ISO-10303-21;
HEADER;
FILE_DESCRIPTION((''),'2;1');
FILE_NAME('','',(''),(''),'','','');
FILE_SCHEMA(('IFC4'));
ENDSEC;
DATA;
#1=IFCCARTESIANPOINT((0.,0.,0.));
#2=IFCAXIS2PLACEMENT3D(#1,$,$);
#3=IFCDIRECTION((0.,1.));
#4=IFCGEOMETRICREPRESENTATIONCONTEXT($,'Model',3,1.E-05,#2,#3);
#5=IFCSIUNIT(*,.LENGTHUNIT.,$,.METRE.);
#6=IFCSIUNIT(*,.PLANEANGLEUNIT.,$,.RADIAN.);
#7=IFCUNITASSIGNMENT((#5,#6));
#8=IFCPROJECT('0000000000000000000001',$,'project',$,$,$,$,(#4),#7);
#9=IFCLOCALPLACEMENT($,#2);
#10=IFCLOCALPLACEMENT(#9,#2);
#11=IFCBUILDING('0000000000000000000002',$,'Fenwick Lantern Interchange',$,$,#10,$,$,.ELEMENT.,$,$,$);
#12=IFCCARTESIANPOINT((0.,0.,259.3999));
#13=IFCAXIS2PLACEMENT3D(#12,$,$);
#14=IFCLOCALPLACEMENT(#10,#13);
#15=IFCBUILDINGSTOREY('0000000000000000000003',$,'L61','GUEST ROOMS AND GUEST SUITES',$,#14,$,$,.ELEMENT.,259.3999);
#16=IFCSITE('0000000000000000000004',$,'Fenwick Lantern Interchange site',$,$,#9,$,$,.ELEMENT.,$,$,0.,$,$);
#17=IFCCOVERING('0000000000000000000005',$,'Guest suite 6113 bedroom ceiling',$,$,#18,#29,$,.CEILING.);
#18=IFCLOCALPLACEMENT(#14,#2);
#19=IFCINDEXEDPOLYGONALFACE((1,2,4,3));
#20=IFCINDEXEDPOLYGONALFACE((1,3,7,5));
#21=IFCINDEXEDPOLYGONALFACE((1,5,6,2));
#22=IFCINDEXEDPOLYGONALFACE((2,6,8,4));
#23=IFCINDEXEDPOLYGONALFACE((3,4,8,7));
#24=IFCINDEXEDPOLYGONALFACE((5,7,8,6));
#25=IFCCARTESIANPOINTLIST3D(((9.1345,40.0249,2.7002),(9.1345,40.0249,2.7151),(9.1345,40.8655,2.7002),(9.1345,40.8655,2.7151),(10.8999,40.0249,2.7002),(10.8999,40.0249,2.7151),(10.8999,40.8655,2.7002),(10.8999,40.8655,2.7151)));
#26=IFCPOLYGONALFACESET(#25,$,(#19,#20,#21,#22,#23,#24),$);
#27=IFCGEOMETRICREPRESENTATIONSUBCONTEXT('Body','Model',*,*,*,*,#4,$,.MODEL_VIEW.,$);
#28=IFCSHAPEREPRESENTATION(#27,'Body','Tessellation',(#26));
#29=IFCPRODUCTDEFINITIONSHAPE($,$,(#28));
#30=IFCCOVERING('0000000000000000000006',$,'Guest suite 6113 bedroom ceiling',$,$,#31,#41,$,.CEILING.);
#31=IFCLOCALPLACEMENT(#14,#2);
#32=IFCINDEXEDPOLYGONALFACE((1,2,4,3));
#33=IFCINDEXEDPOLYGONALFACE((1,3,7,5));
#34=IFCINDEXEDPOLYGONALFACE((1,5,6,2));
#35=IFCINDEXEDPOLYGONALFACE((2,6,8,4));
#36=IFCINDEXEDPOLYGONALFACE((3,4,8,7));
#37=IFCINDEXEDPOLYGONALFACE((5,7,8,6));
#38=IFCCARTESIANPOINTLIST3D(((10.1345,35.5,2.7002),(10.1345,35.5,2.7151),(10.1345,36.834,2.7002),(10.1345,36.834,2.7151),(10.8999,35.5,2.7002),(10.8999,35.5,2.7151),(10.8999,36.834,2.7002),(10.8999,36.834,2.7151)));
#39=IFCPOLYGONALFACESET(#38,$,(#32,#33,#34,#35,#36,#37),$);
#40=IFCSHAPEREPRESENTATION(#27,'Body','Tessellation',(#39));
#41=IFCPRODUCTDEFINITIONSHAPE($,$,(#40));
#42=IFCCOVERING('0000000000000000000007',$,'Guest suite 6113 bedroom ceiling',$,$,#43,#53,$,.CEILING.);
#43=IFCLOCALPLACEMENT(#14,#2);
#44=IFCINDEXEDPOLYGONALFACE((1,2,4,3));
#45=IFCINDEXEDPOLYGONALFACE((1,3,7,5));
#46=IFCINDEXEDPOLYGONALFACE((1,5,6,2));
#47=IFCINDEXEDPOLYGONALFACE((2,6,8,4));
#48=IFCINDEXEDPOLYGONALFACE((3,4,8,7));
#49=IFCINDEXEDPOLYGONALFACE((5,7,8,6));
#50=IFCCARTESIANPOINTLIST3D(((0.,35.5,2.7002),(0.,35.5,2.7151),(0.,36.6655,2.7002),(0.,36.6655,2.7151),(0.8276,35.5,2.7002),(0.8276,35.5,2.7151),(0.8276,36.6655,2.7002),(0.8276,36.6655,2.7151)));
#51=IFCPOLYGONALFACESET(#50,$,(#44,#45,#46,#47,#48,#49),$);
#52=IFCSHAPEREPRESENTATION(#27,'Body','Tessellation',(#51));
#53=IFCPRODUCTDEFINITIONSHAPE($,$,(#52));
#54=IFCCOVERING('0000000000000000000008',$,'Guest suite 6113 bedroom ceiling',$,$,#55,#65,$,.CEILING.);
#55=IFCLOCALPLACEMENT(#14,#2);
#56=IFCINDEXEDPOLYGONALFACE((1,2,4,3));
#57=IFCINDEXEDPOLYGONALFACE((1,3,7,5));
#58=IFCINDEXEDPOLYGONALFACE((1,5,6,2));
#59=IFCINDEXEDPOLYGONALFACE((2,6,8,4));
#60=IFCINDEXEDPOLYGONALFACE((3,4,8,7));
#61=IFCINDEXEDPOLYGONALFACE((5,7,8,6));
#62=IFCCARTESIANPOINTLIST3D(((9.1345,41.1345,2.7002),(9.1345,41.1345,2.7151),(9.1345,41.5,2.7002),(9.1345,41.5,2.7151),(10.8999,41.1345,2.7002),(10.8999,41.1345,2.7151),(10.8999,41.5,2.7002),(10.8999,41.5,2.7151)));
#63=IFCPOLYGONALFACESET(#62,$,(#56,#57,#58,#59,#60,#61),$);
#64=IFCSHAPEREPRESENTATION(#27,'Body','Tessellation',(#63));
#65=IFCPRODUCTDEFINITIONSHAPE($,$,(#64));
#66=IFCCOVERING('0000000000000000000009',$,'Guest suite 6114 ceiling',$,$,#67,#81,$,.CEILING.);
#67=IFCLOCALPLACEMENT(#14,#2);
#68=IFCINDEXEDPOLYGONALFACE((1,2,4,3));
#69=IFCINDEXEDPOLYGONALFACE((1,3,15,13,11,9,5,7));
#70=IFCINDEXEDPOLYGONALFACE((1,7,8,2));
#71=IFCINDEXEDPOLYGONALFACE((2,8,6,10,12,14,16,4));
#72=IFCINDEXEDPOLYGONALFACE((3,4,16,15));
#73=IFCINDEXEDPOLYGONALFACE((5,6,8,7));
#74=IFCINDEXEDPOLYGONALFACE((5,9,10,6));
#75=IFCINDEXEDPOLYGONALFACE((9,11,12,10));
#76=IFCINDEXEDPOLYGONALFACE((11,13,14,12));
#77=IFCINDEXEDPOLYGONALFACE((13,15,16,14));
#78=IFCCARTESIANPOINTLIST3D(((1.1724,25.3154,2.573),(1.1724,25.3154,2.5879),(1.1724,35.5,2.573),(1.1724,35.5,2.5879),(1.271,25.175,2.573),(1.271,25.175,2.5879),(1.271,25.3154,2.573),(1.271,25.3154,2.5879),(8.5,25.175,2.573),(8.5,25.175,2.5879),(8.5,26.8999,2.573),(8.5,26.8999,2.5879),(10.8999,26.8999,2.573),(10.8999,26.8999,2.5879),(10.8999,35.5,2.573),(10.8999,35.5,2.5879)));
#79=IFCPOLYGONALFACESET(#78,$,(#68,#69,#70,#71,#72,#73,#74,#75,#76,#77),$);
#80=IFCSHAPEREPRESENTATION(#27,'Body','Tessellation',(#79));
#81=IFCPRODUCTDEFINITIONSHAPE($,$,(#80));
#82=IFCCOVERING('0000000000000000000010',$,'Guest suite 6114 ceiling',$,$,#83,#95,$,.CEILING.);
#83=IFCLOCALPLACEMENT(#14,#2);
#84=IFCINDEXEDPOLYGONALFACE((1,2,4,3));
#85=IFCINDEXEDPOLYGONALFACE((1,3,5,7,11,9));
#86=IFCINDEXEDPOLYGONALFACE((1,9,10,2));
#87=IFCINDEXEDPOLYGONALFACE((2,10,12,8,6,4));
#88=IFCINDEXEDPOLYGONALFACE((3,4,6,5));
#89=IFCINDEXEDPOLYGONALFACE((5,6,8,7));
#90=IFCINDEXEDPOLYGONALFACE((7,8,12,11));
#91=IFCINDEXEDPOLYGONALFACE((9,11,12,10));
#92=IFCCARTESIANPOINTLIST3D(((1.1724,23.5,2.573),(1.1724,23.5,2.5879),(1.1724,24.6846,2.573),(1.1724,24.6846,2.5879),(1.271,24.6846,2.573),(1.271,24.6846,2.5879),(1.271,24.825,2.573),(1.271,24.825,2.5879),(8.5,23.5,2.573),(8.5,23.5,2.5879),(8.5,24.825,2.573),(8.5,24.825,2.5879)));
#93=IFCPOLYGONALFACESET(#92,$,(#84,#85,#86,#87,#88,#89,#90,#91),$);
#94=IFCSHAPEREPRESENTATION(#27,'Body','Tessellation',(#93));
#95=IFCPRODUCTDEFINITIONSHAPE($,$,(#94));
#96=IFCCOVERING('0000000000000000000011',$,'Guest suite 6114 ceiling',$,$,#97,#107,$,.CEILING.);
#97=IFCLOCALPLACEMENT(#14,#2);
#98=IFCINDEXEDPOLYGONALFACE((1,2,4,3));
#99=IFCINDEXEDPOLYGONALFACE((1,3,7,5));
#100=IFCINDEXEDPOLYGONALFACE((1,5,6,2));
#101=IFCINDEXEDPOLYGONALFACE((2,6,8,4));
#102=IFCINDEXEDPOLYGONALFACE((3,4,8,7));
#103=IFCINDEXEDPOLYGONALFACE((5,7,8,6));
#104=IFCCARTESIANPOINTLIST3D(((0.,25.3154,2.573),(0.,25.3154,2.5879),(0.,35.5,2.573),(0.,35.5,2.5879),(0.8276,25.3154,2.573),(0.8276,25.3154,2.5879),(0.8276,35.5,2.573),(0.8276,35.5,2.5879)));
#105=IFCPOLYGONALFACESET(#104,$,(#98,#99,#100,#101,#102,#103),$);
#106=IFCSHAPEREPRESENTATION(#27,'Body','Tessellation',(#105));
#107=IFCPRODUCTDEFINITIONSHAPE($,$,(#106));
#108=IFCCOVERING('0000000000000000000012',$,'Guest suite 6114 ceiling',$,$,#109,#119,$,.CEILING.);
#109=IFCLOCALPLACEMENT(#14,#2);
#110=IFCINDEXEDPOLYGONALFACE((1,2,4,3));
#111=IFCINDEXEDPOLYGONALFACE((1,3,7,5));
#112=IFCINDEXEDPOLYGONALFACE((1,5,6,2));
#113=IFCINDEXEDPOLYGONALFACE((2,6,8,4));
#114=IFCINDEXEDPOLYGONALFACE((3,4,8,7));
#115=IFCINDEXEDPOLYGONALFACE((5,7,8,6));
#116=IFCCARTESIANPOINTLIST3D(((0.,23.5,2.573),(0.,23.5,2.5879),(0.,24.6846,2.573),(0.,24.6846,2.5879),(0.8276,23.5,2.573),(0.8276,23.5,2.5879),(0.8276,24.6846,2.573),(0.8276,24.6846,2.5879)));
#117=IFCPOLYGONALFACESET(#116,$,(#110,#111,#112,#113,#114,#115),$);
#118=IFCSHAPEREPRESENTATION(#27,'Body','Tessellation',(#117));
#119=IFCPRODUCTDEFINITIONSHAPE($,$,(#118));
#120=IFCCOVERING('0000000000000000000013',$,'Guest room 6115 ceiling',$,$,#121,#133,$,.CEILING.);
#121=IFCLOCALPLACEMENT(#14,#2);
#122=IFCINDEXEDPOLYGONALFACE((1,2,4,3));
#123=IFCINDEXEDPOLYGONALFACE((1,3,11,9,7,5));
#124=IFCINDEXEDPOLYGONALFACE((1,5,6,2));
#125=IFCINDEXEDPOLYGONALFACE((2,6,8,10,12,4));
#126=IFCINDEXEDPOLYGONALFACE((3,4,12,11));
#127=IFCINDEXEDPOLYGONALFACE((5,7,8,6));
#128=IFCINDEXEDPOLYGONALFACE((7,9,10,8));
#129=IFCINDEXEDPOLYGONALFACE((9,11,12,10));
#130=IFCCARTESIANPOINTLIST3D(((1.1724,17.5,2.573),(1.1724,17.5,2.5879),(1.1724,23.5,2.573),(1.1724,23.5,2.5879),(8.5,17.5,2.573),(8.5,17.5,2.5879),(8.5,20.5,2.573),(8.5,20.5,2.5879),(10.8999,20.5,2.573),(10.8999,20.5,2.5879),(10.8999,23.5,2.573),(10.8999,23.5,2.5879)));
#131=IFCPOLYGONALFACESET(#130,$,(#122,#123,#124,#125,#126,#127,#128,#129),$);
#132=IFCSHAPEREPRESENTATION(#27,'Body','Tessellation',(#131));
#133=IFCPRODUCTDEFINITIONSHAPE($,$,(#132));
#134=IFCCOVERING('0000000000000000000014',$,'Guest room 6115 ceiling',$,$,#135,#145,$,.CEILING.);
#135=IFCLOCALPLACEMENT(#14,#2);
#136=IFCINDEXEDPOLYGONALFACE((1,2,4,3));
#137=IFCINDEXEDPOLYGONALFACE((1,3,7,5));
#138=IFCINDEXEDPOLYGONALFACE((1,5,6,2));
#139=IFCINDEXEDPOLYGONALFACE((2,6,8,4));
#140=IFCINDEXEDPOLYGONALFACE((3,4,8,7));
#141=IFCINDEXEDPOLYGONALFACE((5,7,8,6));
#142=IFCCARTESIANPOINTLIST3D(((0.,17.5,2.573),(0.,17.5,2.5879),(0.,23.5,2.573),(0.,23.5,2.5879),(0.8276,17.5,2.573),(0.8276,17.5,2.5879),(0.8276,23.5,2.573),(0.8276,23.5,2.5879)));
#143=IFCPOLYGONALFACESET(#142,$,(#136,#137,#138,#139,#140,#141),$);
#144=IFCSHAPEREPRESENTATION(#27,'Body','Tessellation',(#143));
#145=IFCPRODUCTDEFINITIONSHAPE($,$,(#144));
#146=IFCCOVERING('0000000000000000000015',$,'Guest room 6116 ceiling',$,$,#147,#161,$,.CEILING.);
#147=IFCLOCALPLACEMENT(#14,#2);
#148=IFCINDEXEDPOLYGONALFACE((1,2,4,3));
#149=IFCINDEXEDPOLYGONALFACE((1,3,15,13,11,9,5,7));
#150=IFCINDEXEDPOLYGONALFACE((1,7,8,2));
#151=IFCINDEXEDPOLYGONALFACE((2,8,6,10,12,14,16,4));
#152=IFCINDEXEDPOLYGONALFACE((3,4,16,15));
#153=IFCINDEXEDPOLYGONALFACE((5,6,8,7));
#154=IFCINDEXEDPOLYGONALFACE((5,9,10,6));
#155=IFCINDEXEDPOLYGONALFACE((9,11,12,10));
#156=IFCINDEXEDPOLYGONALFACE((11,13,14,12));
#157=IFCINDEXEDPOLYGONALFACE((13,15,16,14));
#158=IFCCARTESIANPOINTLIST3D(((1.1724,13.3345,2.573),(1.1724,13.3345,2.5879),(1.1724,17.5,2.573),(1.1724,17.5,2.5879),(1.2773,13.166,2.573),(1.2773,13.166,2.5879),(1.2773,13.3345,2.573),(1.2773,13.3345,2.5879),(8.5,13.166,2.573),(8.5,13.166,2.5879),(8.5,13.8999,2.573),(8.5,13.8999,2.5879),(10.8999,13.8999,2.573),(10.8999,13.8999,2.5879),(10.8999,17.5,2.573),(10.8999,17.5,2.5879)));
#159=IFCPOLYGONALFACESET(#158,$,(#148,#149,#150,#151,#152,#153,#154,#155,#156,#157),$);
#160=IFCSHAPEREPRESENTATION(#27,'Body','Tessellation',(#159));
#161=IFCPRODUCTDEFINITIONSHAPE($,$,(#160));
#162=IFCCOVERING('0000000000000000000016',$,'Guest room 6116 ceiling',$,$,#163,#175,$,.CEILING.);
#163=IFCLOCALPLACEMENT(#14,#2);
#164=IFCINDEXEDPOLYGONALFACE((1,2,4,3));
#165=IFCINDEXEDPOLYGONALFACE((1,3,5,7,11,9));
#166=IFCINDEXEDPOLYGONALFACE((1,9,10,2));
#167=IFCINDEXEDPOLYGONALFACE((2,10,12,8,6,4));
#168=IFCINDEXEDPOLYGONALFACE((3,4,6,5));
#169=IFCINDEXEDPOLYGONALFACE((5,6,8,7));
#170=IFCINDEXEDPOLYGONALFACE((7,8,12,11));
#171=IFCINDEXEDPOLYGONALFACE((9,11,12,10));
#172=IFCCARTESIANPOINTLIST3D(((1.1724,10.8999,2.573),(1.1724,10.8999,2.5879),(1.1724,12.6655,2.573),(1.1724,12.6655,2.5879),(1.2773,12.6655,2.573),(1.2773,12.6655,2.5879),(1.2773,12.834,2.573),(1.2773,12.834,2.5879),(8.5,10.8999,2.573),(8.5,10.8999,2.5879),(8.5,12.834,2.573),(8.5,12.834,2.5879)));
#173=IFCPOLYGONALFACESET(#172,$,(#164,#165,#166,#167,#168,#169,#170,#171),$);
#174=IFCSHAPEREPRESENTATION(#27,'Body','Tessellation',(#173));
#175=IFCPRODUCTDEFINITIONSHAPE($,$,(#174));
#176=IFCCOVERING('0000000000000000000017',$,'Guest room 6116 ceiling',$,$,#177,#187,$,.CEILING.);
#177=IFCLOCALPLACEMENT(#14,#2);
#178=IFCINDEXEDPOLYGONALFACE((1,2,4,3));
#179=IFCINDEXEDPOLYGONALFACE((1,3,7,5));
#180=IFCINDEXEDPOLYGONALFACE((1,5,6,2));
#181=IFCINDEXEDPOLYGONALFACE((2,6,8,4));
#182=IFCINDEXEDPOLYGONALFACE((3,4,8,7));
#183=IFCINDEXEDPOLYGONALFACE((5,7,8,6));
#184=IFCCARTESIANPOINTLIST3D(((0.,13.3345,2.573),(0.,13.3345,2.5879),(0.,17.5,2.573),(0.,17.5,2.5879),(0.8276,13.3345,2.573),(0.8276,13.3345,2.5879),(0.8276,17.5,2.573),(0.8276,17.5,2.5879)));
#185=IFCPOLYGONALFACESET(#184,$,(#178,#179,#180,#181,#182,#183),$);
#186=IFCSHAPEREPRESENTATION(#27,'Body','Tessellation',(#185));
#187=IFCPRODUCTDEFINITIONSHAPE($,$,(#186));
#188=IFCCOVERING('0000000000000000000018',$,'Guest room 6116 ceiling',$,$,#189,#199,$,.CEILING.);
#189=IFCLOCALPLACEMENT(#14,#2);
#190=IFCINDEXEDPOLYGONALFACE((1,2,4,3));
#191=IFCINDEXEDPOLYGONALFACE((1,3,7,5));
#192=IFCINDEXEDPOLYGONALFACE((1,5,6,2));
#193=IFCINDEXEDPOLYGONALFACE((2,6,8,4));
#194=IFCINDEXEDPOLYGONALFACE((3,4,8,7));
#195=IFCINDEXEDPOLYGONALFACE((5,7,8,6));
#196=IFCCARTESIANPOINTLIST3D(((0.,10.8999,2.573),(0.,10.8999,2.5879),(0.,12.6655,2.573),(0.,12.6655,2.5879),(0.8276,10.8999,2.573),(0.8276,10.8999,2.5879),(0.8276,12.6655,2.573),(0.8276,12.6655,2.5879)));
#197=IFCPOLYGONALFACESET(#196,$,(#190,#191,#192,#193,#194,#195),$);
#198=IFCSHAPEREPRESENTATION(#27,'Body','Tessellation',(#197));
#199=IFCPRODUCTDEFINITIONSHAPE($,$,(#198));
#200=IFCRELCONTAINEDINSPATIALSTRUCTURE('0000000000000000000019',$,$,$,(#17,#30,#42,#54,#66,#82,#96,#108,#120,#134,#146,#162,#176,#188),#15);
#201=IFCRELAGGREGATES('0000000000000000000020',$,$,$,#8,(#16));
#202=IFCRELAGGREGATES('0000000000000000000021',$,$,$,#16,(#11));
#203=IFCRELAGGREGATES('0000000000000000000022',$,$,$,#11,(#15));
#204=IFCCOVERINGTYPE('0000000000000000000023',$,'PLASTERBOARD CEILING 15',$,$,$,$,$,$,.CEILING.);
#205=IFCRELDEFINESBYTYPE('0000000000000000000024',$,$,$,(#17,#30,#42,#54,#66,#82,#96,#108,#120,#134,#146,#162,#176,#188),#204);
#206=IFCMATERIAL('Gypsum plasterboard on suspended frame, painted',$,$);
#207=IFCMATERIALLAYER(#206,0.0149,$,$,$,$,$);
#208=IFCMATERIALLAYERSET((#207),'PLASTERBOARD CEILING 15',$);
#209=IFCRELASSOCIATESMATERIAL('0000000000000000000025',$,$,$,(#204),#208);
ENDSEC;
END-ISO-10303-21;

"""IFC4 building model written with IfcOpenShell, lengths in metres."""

from ifc_helpers import new_model, si_unit, direction, frame, origin, place, context, subcontext, project, spatial, polyline, outline, extrude, material, layer, layer_set, type_object, element, save


model = new_model("IFC4")

# Units and contexts
model_context = context("Model", 3, precision=1e-05, world=origin(), true_north=direction((0.0, 1.0)))
body_context = subcontext(model_context, "Body", "Model", "MODEL_VIEW")
ifc_project = project(units=[si_unit("LENGTHUNIT", "METRE"), si_unit("PLANEANGLEUNIT", "RADIAN")], contexts=[model_context])

# Site, building, storey
site_placement = place(None, origin())
site = spatial("IfcSite", under=ifc_project, at=site_placement, Name="Fenwick Lantern Interchange site", CompositionType="ELEMENT", RefElevation=0.0)
building_placement = place(site_placement, origin())
building = spatial("IfcBuilding", under=site, at=building_placement, Name="Fenwick Lantern Interchange", CompositionType="ELEMENT")
storey_placement = place(building_placement, frame((0.0, 0.0, 259.3999)))
storey = spatial("IfcBuildingStorey", under=building, at=storey_placement, Name="L61", Description="GUEST ROOMS AND GUEST SUITES", CompositionType="ELEMENT", Elevation=259.3999)

# Coverings
ifc_material_1 = material(Name="Gypsum plasterboard on suspended frame, painted")
ifc_layer_1 = layer(ifc_material_1, 0.0149)
ifc_layer_set_1 = layer_set([ifc_layer_1], Name="PLASTERBOARD CEILING 15")
covering_type_1 = type_object("IfcCoveringType", Name="PLASTERBOARD CEILING 15", PredefinedType="CEILING", material=ifc_layer_set_1)
covering_1_placement = place(storey_placement, frame((0.0, 0.0, 2.7002)))
element("IfcCovering", 1, at=covering_1_placement, inside=storey, type_object=covering_type_1, Name="Guest suite 6113 bedroom ceiling", PredefinedType="CEILING", context=body_context, shape_type="SweptSolid", body=[
    extrude(outline(polyline([(10.8999, 40.0249), (10.8999, 40.8655), (9.1345, 40.8655), (9.1345, 40.0249), (10.8999, 40.0249)])), origin(), (0.0, 0.0, 1.0), 0.0149),
])
covering_2_placement = place(storey_placement, frame((0.0, 0.0, 2.7002)))
element("IfcCovering", 2, at=covering_2_placement, inside=storey, type_object=covering_type_1, Name="Guest suite 6113 bedroom ceiling", PredefinedType="CEILING", context=body_context, shape_type="SweptSolid", body=[
    extrude(outline(polyline([(10.8999, 35.5), (10.8999, 36.834), (10.1345, 36.834), (10.1345, 35.5), (10.8999, 35.5)])), origin(), (0.0, 0.0, 1.0), 0.0149),
])
covering_3_placement = place(storey_placement, frame((0.0, 0.0, 2.7002)))
element("IfcCovering", 3, at=covering_3_placement, inside=storey, type_object=covering_type_1, Name="Guest suite 6113 bedroom ceiling", PredefinedType="CEILING", context=body_context, shape_type="SweptSolid", body=[
    extrude(outline(polyline([(0.0, 36.6655), (0.0, 35.5), (0.8276, 35.5), (0.8276, 36.6655), (0.0, 36.6655)])), origin(), (0.0, 0.0, 1.0), 0.0149),
])
covering_4_placement = place(storey_placement, frame((0.0, 0.0, 2.7002)))
element("IfcCovering", 4, at=covering_4_placement, inside=storey, type_object=covering_type_1, Name="Guest suite 6113 bedroom ceiling", PredefinedType="CEILING", context=body_context, shape_type="SweptSolid", body=[
    extrude(outline(polyline([(10.8999, 41.5), (9.1345, 41.5), (9.1345, 41.1345), (10.8999, 41.1345), (10.8999, 41.5)])), origin(), (0.0, 0.0, 1.0), 0.0149),
])
covering_5_placement = place(storey_placement, frame((0.0, 0.0, 2.573)))
element("IfcCovering", 5, at=covering_5_placement, inside=storey, type_object=covering_type_1, Name="Guest suite 6114 ceiling", PredefinedType="CEILING", context=body_context, shape_type="SweptSolid", body=[
    extrude(outline(polyline([(1.271, 25.3154), (1.271, 25.175), (8.5, 25.175), (8.5, 26.8999), (10.8999, 26.8999), (10.8999, 35.5), (1.1724, 35.5), (1.1724, 25.3154), (1.271, 25.3154)])), origin(), (0.0, 0.0, 1.0), 0.0149),
])
covering_6_placement = place(storey_placement, frame((0.0, 0.0, 2.573)))
element("IfcCovering", 6, at=covering_6_placement, inside=storey, type_object=covering_type_1, Name="Guest suite 6114 ceiling", PredefinedType="CEILING", context=body_context, shape_type="SweptSolid", body=[
    extrude(outline(polyline([(1.271, 24.6846), (1.1724, 24.6846), (1.1724, 23.5), (8.5, 23.5), (8.5, 24.825), (1.271, 24.825), (1.271, 24.6846)])), origin(), (0.0, 0.0, 1.0), 0.0149),
])
covering_7_placement = place(storey_placement, frame((0.0, 0.0, 2.573)))
element("IfcCovering", 7, at=covering_7_placement, inside=storey, type_object=covering_type_1, Name="Guest suite 6114 ceiling", PredefinedType="CEILING", context=body_context, shape_type="SweptSolid", body=[
    extrude(outline(polyline([(0.0, 25.3154), (0.8276, 25.3154), (0.8276, 35.5), (0.0, 35.5), (0.0, 25.3154)])), origin(), (0.0, 0.0, 1.0), 0.0149),
])
covering_8_placement = place(storey_placement, frame((0.0, 0.0, 2.573)))
element("IfcCovering", 8, at=covering_8_placement, inside=storey, type_object=covering_type_1, Name="Guest suite 6114 ceiling", PredefinedType="CEILING", context=body_context, shape_type="SweptSolid", body=[
    extrude(outline(polyline([(0.8276, 24.6846), (0.0, 24.6846), (0.0, 23.5), (0.8276, 23.5), (0.8276, 24.6846)])), origin(), (0.0, 0.0, 1.0), 0.0149),
])
covering_9_placement = place(storey_placement, frame((0.0, 0.0, 2.573)))
element("IfcCovering", 9, at=covering_9_placement, inside=storey, type_object=covering_type_1, Name="Guest room 6115 ceiling", PredefinedType="CEILING", context=body_context, shape_type="SweptSolid", body=[
    extrude(outline(polyline([(10.8999, 23.5), (1.1724, 23.5), (1.1724, 17.5), (8.5, 17.5), (8.5, 20.5), (10.8999, 20.5), (10.8999, 23.5)])), origin(), (0.0, 0.0, 1.0), 0.0149),
])
covering_10_placement = place(storey_placement, frame((0.0, 0.0, 2.573)))
element("IfcCovering", 10, at=covering_10_placement, inside=storey, type_object=covering_type_1, Name="Guest room 6115 ceiling", PredefinedType="CEILING", context=body_context, shape_type="SweptSolid", body=[
    extrude(outline(polyline([(0.0, 23.5), (0.0, 17.5), (0.8276, 17.5), (0.8276, 23.5), (0.0, 23.5)])), origin(), (0.0, 0.0, 1.0), 0.0149),
])
covering_11_placement = place(storey_placement, frame((0.0, 0.0, 2.573)))
element("IfcCovering", 11, at=covering_11_placement, inside=storey, type_object=covering_type_1, Name="Guest room 6116 ceiling", PredefinedType="CEILING", context=body_context, shape_type="SweptSolid", body=[
    extrude(outline(polyline([(1.2773, 13.3345), (1.2773, 13.166), (8.5, 13.166), (8.5, 13.8999), (10.8999, 13.8999), (10.8999, 17.5), (1.1724, 17.5), (1.1724, 13.3345), (1.2773, 13.3345)])), origin(), (0.0, 0.0, 1.0), 0.0149),
])
covering_12_placement = place(storey_placement, frame((0.0, 0.0, 2.573)))
element("IfcCovering", 12, at=covering_12_placement, inside=storey, type_object=covering_type_1, Name="Guest room 6116 ceiling", PredefinedType="CEILING", context=body_context, shape_type="SweptSolid", body=[
    extrude(outline(polyline([(1.2773, 12.6655), (1.1724, 12.6655), (1.1724, 10.8999), (8.5, 10.8999), (8.5, 12.834), (1.2773, 12.834), (1.2773, 12.6655)])), origin(), (0.0, 0.0, 1.0), 0.0149),
])
covering_13_placement = place(storey_placement, frame((0.0, 0.0, 2.573)))
element("IfcCovering", 13, at=covering_13_placement, inside=storey, type_object=covering_type_1, Name="Guest room 6116 ceiling", PredefinedType="CEILING", context=body_context, shape_type="SweptSolid", body=[
    extrude(outline(polyline([(0.0, 13.3345), (0.8276, 13.3345), (0.8276, 17.5), (0.0, 17.5), (0.0, 13.3345)])), origin(), (0.0, 0.0, 1.0), 0.0149),
])
covering_14_placement = place(storey_placement, frame((0.0, 0.0, 2.573)))
element("IfcCovering", 14, at=covering_14_placement, inside=storey, type_object=covering_type_1, Name="Guest room 6116 ceiling", PredefinedType="CEILING", context=body_context, shape_type="SweptSolid", body=[
    extrude(outline(polyline([(0.8276, 12.6655), (0.0, 12.6655), (0.0, 10.8999), (0.8276, 10.8999), (0.8276, 12.6655)])), origin(), (0.0, 0.0, 1.0), 0.0149),
])

save(model, "model.ifc")
